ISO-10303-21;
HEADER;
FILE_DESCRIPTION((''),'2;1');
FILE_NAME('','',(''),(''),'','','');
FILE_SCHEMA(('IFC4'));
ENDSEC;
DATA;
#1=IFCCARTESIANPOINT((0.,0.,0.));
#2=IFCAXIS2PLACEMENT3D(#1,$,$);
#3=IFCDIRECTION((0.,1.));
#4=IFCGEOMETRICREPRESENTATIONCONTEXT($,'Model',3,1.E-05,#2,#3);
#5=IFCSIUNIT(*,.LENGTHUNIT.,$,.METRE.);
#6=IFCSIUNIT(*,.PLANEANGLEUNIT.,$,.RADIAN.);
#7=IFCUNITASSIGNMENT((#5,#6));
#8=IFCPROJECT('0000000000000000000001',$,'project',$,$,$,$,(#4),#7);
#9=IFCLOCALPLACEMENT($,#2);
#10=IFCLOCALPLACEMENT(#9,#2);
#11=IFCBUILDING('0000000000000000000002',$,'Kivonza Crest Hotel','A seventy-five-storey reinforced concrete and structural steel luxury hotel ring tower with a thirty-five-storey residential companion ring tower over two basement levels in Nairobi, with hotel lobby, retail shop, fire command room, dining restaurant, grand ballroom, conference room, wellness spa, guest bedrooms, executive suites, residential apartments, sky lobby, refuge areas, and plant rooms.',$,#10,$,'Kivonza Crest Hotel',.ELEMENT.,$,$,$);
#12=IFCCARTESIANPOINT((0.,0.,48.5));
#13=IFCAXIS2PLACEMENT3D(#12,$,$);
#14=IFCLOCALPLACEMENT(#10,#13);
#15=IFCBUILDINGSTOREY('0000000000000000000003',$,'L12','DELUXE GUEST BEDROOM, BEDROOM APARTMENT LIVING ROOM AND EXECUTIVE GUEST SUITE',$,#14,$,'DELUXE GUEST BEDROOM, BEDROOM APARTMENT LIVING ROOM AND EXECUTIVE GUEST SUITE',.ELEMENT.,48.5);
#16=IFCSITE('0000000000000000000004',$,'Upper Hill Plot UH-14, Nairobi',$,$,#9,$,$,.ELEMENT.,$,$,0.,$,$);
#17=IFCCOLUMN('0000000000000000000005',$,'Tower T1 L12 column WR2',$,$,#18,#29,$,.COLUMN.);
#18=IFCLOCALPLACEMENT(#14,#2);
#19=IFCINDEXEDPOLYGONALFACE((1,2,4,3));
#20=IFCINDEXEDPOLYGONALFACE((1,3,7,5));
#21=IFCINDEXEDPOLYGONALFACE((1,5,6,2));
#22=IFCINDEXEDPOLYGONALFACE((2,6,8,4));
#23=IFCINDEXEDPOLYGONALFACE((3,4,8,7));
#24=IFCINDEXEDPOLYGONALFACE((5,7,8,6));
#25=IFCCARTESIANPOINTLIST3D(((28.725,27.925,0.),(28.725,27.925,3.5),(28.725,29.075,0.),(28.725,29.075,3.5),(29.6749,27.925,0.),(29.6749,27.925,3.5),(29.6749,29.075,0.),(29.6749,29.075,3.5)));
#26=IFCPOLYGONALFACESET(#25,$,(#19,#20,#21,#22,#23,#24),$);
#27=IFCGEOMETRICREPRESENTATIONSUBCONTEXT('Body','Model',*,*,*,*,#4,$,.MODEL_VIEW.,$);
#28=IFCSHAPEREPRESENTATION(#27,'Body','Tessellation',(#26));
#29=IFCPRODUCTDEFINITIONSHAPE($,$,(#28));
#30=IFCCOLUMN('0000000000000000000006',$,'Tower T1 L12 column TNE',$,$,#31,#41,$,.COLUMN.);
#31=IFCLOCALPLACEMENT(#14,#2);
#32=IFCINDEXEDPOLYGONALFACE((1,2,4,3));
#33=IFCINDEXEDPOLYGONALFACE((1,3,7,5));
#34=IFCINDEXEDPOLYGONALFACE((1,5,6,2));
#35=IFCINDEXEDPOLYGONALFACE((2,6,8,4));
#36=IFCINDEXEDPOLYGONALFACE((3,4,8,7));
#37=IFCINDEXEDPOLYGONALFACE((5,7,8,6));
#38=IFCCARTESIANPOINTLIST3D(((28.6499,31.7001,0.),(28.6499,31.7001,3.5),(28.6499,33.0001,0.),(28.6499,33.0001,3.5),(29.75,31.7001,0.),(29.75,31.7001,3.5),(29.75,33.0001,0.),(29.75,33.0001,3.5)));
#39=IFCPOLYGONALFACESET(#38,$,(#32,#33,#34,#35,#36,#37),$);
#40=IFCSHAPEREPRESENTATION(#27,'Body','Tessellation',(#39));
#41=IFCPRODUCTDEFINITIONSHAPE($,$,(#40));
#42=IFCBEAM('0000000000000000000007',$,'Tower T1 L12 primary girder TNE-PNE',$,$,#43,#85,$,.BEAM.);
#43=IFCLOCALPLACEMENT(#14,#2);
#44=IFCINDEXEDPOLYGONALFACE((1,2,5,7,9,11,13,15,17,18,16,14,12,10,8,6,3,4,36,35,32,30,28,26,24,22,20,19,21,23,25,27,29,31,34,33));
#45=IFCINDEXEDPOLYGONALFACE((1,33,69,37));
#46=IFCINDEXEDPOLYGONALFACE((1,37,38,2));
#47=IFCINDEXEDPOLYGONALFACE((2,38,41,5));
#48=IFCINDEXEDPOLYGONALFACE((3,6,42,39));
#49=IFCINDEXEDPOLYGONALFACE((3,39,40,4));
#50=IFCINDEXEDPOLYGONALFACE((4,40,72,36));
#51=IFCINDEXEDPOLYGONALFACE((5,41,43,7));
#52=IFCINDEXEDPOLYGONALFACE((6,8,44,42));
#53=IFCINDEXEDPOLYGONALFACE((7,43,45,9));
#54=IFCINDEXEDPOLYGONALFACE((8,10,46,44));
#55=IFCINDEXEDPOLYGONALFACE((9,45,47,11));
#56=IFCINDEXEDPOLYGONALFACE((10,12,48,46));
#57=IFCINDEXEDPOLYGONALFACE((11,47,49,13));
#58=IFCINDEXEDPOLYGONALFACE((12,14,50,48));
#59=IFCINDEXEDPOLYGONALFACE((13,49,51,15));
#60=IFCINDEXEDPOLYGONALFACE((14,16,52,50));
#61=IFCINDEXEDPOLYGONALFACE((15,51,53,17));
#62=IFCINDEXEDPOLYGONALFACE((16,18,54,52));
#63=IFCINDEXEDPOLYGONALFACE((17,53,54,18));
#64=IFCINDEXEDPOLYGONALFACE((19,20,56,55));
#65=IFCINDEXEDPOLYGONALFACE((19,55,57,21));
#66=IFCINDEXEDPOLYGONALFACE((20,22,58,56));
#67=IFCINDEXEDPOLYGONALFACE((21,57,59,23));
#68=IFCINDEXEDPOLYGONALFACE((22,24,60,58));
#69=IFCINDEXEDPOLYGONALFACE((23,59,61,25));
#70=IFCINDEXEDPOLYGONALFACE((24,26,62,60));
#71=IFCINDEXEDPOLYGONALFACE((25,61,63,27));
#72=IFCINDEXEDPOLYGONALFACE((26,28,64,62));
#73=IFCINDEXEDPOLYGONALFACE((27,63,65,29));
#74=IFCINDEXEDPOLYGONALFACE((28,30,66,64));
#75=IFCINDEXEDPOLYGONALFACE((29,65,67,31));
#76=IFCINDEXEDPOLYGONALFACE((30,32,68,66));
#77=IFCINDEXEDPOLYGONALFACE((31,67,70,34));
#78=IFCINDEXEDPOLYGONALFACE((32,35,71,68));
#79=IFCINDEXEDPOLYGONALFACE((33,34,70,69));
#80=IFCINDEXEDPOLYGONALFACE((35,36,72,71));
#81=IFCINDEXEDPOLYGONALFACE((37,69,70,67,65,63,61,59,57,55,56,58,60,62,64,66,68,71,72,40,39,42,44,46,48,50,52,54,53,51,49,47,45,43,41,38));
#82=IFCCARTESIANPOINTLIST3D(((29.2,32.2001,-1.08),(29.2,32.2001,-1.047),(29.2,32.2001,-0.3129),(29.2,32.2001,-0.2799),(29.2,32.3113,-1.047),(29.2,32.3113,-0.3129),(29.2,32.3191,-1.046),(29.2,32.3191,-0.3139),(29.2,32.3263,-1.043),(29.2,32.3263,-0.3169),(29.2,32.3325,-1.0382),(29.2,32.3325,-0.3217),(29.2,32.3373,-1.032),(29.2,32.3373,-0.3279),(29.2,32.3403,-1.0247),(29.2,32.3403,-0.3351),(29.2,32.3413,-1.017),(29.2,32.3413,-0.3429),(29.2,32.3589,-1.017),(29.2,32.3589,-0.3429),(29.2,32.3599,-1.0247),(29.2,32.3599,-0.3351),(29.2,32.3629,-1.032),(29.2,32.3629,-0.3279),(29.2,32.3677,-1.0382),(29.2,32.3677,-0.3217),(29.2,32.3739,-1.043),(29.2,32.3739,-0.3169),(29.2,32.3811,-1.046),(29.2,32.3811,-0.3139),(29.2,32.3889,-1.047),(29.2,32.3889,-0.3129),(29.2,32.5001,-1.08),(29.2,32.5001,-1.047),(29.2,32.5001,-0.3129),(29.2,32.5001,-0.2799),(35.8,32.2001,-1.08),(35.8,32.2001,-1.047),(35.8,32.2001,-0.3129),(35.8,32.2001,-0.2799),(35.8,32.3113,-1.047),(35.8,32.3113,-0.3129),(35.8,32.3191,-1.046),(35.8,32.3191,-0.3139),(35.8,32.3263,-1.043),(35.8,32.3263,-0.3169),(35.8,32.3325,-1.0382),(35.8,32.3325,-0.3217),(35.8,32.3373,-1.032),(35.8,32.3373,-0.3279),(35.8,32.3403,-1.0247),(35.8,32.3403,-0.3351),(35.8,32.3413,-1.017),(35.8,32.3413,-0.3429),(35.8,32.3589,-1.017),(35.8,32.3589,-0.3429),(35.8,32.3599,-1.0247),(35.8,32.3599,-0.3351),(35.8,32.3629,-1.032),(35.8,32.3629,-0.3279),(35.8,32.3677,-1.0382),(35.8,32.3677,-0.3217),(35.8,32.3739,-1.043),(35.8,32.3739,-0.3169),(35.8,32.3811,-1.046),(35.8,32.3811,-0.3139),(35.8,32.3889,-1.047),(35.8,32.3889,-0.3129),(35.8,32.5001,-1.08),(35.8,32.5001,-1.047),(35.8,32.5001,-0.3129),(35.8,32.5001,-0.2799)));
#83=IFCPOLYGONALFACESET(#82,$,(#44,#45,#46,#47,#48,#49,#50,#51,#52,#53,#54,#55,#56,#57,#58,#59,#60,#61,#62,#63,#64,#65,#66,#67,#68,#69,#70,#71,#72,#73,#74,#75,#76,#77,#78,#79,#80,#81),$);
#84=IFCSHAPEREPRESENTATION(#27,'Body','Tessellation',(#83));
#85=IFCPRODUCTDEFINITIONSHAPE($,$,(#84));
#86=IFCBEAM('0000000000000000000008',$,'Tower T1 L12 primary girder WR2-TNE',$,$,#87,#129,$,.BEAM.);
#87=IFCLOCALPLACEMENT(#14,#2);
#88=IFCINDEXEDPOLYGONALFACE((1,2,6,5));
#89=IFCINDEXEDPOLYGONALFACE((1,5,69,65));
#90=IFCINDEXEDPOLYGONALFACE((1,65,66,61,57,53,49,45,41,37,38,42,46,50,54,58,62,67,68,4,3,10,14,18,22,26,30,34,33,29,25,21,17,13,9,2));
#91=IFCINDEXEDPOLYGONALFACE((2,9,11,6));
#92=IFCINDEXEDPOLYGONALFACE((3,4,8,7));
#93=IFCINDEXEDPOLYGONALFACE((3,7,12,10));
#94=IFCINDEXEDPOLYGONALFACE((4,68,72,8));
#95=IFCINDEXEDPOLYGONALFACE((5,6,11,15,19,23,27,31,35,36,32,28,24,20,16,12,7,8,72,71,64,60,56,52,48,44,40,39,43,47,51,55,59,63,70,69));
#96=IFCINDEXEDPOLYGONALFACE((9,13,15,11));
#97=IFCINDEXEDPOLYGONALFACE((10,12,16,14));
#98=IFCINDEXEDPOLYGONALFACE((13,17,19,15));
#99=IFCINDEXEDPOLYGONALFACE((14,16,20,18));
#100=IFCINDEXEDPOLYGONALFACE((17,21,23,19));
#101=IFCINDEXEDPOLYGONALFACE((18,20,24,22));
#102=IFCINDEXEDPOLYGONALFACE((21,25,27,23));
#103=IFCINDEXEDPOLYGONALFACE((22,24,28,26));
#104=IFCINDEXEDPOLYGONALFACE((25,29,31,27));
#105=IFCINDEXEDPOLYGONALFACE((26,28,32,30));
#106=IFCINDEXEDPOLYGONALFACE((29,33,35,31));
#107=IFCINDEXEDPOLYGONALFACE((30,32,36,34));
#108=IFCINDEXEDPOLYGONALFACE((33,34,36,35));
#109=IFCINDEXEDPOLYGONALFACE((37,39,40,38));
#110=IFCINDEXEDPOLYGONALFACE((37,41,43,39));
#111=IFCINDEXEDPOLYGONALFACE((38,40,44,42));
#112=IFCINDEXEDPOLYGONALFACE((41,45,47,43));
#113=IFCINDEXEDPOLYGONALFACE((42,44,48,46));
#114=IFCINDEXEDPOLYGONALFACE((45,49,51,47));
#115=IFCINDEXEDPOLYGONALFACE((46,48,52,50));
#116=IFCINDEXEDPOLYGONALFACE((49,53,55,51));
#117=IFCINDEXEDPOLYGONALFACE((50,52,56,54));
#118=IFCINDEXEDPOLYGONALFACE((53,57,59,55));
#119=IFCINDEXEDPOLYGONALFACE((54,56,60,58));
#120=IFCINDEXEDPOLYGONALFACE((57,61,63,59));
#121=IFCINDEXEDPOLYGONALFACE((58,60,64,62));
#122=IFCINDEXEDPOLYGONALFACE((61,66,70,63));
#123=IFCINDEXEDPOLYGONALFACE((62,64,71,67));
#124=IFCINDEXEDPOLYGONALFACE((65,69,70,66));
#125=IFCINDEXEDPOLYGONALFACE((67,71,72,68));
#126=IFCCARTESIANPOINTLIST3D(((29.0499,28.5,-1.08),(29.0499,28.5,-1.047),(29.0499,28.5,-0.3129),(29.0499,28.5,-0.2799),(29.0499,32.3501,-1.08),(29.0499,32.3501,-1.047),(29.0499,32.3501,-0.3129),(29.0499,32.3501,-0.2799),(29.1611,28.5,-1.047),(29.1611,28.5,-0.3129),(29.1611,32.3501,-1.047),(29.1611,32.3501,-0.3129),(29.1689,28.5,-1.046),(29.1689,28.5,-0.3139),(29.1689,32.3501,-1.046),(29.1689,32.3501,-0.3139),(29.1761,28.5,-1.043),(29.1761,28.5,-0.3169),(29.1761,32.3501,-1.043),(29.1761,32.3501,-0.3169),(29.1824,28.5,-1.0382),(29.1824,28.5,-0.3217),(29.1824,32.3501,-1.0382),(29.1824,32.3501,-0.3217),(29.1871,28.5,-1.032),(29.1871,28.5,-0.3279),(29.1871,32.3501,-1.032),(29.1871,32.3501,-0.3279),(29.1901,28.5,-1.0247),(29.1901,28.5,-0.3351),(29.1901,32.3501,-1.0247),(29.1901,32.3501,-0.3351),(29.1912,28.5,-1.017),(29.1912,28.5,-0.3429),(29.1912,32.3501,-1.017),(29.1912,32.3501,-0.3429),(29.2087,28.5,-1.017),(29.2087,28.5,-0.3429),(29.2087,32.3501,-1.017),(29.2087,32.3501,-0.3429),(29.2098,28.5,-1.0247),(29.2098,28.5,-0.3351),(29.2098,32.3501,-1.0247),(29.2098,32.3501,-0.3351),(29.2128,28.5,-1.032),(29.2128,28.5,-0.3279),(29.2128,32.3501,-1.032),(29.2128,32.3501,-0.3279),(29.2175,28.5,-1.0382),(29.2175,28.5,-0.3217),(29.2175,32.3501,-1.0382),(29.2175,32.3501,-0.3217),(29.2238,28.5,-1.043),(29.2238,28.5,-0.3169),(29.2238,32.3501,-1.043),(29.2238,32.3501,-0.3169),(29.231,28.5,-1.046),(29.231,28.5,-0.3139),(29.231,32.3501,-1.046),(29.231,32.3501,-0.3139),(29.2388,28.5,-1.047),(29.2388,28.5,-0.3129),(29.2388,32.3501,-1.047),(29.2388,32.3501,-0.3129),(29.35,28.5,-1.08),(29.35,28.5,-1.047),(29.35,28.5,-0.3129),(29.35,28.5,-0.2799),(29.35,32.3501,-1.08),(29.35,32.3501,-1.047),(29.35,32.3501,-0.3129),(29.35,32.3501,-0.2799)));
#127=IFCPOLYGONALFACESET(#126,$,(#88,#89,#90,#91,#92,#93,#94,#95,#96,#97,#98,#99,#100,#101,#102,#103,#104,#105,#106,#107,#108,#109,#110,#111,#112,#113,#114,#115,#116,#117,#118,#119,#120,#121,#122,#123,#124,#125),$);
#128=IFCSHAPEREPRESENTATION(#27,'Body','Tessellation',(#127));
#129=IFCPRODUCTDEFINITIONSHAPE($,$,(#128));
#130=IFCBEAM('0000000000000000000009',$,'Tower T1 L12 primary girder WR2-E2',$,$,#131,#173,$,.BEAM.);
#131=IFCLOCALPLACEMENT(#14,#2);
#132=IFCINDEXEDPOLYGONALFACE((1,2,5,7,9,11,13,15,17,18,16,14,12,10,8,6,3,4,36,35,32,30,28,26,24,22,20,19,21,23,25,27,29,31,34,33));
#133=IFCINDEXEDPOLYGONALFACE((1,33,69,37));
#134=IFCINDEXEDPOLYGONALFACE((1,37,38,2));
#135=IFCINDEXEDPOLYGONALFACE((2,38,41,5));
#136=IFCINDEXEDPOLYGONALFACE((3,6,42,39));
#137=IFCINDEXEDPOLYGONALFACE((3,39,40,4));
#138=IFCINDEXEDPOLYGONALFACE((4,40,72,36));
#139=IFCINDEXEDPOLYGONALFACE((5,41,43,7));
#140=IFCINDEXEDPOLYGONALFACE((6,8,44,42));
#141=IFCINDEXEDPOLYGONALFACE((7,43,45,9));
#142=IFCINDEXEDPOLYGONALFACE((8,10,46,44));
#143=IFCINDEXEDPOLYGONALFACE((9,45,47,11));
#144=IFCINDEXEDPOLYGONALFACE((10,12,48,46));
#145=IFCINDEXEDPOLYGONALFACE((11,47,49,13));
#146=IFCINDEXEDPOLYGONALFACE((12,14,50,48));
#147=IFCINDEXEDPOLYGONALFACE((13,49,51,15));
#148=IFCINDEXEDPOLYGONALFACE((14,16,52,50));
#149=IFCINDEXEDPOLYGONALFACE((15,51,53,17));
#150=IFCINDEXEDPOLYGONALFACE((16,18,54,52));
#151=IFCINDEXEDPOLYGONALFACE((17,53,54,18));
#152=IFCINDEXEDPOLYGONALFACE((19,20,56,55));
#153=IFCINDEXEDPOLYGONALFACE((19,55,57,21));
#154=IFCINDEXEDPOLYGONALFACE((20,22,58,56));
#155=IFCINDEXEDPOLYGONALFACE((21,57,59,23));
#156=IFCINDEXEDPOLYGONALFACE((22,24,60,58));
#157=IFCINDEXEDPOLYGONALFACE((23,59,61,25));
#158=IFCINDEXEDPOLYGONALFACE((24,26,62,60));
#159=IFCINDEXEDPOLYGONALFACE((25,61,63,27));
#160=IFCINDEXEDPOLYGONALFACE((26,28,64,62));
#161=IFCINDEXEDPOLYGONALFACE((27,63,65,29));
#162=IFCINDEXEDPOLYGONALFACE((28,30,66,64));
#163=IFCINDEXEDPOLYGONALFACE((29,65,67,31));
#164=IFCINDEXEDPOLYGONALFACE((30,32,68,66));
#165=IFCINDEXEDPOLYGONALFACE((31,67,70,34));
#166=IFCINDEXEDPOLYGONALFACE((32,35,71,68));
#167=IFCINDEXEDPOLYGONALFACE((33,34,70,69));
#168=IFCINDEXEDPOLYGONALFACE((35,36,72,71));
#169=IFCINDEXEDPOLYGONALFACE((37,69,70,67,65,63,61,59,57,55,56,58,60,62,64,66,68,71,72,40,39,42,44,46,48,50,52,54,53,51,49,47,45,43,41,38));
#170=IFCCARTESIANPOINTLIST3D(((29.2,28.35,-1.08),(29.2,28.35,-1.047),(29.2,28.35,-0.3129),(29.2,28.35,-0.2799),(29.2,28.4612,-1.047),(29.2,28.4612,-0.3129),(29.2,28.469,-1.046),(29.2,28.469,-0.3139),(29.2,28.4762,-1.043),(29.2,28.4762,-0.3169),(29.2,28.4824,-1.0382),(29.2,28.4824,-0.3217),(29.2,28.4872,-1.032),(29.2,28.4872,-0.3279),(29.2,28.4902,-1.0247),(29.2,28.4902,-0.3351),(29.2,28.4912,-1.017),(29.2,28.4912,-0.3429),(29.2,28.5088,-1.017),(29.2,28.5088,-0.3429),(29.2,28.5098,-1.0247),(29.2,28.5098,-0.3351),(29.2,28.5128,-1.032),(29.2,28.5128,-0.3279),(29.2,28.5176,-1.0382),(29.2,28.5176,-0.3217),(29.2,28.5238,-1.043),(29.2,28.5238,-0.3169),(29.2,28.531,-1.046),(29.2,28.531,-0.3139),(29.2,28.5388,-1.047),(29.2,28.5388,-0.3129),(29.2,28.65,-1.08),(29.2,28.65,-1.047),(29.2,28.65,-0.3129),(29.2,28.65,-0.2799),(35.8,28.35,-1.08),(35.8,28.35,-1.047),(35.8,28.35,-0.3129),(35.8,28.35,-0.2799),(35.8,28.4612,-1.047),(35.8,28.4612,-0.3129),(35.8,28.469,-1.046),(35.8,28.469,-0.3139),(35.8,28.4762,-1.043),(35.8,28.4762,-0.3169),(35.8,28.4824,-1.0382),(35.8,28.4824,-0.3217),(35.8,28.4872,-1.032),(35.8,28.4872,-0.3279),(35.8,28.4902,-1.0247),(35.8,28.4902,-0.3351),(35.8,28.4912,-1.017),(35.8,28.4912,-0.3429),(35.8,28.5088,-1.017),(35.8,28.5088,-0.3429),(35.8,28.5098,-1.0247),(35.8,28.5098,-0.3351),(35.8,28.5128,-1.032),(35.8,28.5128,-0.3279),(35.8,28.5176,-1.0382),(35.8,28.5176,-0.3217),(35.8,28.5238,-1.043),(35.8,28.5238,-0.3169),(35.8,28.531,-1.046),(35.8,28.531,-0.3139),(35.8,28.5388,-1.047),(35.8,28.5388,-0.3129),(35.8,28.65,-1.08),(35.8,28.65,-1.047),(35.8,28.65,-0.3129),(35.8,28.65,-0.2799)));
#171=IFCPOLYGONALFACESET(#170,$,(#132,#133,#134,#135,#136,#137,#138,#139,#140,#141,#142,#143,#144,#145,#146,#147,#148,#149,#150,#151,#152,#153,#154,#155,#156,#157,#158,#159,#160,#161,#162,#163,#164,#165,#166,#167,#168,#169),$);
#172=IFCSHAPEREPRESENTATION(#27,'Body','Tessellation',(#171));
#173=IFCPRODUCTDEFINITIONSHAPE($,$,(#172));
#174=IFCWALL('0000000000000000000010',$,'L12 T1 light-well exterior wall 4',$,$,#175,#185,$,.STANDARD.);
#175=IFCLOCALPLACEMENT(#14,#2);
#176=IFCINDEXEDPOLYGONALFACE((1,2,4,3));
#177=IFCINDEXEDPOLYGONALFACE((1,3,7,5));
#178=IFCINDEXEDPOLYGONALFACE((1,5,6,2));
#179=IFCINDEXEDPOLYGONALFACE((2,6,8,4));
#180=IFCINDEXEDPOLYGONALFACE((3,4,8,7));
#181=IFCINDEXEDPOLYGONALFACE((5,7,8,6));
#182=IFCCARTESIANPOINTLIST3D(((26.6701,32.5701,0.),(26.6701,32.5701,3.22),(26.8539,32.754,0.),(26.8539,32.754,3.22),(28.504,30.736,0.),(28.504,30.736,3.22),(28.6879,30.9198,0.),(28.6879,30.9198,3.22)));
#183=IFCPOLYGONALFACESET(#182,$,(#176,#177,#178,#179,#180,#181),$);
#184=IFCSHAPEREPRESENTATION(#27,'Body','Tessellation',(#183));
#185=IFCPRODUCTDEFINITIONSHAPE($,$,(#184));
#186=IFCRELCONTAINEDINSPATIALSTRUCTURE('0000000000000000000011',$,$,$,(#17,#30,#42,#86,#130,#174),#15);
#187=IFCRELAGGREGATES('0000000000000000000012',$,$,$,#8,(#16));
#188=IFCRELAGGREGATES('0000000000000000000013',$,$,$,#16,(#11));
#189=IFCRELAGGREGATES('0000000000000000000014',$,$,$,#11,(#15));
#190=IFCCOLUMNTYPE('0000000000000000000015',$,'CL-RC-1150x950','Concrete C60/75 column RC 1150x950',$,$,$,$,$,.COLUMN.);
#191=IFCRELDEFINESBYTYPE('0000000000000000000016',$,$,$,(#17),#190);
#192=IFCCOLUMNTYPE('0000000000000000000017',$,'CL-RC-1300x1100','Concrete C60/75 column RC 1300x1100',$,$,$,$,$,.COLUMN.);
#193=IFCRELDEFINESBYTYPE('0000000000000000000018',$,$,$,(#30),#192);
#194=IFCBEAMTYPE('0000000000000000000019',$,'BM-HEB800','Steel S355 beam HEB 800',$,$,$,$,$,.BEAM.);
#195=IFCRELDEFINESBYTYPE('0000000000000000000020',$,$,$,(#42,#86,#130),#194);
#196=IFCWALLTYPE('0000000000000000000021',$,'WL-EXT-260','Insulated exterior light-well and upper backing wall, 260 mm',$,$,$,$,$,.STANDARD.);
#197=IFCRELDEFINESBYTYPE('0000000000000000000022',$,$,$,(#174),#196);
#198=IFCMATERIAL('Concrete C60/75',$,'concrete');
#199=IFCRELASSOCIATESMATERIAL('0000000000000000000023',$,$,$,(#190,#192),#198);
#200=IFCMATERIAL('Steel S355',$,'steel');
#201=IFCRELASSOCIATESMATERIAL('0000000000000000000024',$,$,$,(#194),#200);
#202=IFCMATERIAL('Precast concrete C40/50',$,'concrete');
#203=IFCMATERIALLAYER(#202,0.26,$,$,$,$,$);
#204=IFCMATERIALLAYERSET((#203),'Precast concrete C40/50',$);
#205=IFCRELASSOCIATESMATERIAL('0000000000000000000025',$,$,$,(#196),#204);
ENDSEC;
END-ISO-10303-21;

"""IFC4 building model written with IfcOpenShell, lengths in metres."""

from ifc_helpers import new_model, si_unit, direction, frame, frame_2d, origin, origin_2d, place, context, subcontext, project, spatial, rectangle, i_section, extrude, material, layer, layer_set, material_profile, profile_set, type_object, element, save


model = new_model("IFC4")

# Units and contexts
model_context = context("Model", 3, precision=1e-05, world=origin(), true_north=direction((0.0, 1.0)))
body_context = subcontext(model_context, "Body", "Model", "MODEL_VIEW")
ifc_project = project(units=[si_unit("LENGTHUNIT", "METRE"), si_unit("PLANEANGLEUNIT", "RADIAN")], contexts=[model_context])

# Site, building, storey
site_placement = place(None, origin())
site = spatial("IfcSite", under=ifc_project, at=site_placement, Name="Upper Hill Plot UH-14, Nairobi", CompositionType="ELEMENT", RefElevation=0.0)
building_placement = place(site_placement, origin())
building = spatial("IfcBuilding", under=site, at=building_placement, Name="Kivonza Crest Hotel", Description="A seventy-five-storey reinforced concrete and structural steel luxury hotel ring tower with a thirty-five-storey residential companion ring tower over two basement levels in Nairobi, with hotel lobby, retail shop, fire command room, dining restaurant, grand ballroom, conference room, wellness spa, guest bedrooms, executive suites, residential apartments, sky lobby, refuge areas, and plant rooms.", LongName="Kivonza Crest Hotel", CompositionType="ELEMENT")
storey_placement = place(building_placement, frame((0.0, 0.0, 48.5)))
storey = spatial("IfcBuildingStorey", under=building, at=storey_placement, Name="L12", Description="DELUXE GUEST BEDROOM, BEDROOM APARTMENT LIVING ROOM AND EXECUTIVE GUEST SUITE", LongName="DELUXE GUEST BEDROOM, BEDROOM APARTMENT LIVING ROOM AND EXECUTIVE GUEST SUITE", CompositionType="ELEMENT", Elevation=48.5)

# Columns
ifc_material_1 = material(Name="Concrete C60/75", Category="concrete")
ifc_material_profile_1 = material_profile(ifc_material_1, rectangle(XDim=0.95, YDim=1.1499, at=origin_2d()), Name="RC 1150x950")
ifc_profile_set_1 = profile_set([ifc_material_profile_1], Name="Concrete C60/75")
column_type_1 = type_object("IfcColumnType", Name="CL-RC-1150x950", Description="Concrete C60/75 column RC 1150x950", PredefinedType="COLUMN", material=ifc_profile_set_1)
column_1_placement = place(storey_placement, frame((29.2, 28.5, 0.0), z_axis=(0.0, 0.0, 1.0), x_axis=(1.0, 0.0, 0.0)))
element("IfcColumn", 1, at=column_1_placement, inside=storey, type_object=column_type_1, Name="Tower T1 L12 column WR2", PredefinedType="COLUMN", context=body_context, shape_type="SweptSolid", body=[
    extrude(rectangle(XDim=0.95, YDim=1.1499, at=origin_2d()), origin(), (0.0, 0.0, 1.0), 3.5),
])
ifc_material_profile_2 = material_profile(ifc_material_1, rectangle(XDim=1.1001, YDim=1.3, at=origin_2d()), Name="RC 1300x1100")
ifc_profile_set_2 = profile_set([ifc_material_profile_2], Name="Concrete C60/75")
column_type_2 = type_object("IfcColumnType", Name="CL-RC-1300x1100", Description="Concrete C60/75 column RC 1300x1100", PredefinedType="COLUMN", material=ifc_profile_set_2)
column_2_placement = place(storey_placement, frame((29.2, 32.3501, 0.0), z_axis=(0.0, 0.0, 1.0), x_axis=(1.0, 0.0, 0.0)))
element("IfcColumn", 2, at=column_2_placement, inside=storey, type_object=column_type_2, Name="Tower T1 L12 column TNE", PredefinedType="COLUMN", context=body_context, shape_type="SweptSolid", body=[
    extrude(rectangle(XDim=1.1001, YDim=1.3, at=origin_2d()), origin(), (0.0, 0.0, 1.0), 3.5),
])

# Beams
ifc_material_2 = material(Name="Steel S355", Category="steel")
ifc_material_profile_3 = material_profile(ifc_material_2, i_section(OverallWidth=0.3, OverallDepth=0.8, WebThickness=0.0176, FlangeThickness=0.033, FilletRadius=0.03, at=origin_2d()), Name="HEB 800")
ifc_profile_set_3 = profile_set([ifc_material_profile_3], Name="Steel S355")
beam_type = type_object("IfcBeamType", Name="BM-HEB800", Description="Steel S355 beam HEB 800", PredefinedType="BEAM", material=ifc_profile_set_3)
beam_1_placement = place(storey_placement, frame((29.2, 32.3501, -0.6799), z_axis=(1.0, 0.0, 0.0), x_axis=(0.0, 1.0, 0.0)))
element("IfcBeam", 3, at=beam_1_placement, inside=storey, type_object=beam_type, Name="Tower T1 L12 primary girder TNE-PNE", PredefinedType="BEAM", context=body_context, shape_type="SweptSolid", body=[
    extrude(i_section(OverallWidth=0.3, OverallDepth=0.8, WebThickness=0.0176, FlangeThickness=0.033, FilletRadius=0.03, at=origin_2d()), origin(), (0.0, 0.0, 1.0), 6.6001),
])
beam_2_placement = place(storey_placement, frame((29.2, 28.5, -0.6799), z_axis=(0.0, 1.0, 0.0), x_axis=(-1.0, 0.0, 0.0)))
element("IfcBeam", 4, at=beam_2_placement, inside=storey, type_object=beam_type, Name="Tower T1 L12 primary girder WR2-TNE", PredefinedType="BEAM", context=body_context, shape_type="SweptSolid", body=[
    extrude(i_section(OverallWidth=0.3, OverallDepth=0.8, WebThickness=0.0176, FlangeThickness=0.033, FilletRadius=0.03, at=origin_2d()), origin(), (0.0, 0.0, 1.0), 3.8501),
])
beam_3_placement = place(storey_placement, frame((29.2, 28.5, -0.6799), z_axis=(1.0, 0.0, 0.0), x_axis=(0.0, 1.0, 0.0)))
element("IfcBeam", 5, at=beam_3_placement, inside=storey, type_object=beam_type, Name="Tower T1 L12 primary girder WR2-E2", PredefinedType="BEAM", context=body_context, shape_type="SweptSolid", body=[
    extrude(i_section(OverallWidth=0.3, OverallDepth=0.8, WebThickness=0.0176, FlangeThickness=0.033, FilletRadius=0.03, at=origin_2d()), origin(), (0.0, 0.0, 1.0), 6.6001),
])

# Wall
ifc_material_3 = material(Name="Precast concrete C40/50", Category="concrete")
ifc_layer_1 = layer(ifc_material_3, 0.26)
ifc_layer_set_1 = layer_set([ifc_layer_1], Name="Precast concrete C40/50")
wall_type_1 = type_object("IfcWallType", Name="WL-EXT-260", Description="Insulated exterior light-well and upper backing wall, 260 mm", PredefinedType="STANDARD", material=ifc_layer_set_1)
wall_1_placement = place(storey_placement, frame((28.5959, 30.8279, 0.0), z_axis=(0.0, 0.0, 1.0), x_axis=(-0.70706, 0.707154, 0.0)))
element("IfcWall", 6, at=wall_1_placement, inside=storey, type_object=wall_type_1, Name="L12 T1 light-well exterior wall 4", PredefinedType="STANDARD", context=body_context, shape_type="SweptSolid", body=[
    extrude(rectangle(XDim=2.5938, YDim=0.26, at=frame_2d((1.2969, 0.0))), origin(), (0.0, 0.0, 1.0), 3.22),
])

save(model, "model.ifc")
